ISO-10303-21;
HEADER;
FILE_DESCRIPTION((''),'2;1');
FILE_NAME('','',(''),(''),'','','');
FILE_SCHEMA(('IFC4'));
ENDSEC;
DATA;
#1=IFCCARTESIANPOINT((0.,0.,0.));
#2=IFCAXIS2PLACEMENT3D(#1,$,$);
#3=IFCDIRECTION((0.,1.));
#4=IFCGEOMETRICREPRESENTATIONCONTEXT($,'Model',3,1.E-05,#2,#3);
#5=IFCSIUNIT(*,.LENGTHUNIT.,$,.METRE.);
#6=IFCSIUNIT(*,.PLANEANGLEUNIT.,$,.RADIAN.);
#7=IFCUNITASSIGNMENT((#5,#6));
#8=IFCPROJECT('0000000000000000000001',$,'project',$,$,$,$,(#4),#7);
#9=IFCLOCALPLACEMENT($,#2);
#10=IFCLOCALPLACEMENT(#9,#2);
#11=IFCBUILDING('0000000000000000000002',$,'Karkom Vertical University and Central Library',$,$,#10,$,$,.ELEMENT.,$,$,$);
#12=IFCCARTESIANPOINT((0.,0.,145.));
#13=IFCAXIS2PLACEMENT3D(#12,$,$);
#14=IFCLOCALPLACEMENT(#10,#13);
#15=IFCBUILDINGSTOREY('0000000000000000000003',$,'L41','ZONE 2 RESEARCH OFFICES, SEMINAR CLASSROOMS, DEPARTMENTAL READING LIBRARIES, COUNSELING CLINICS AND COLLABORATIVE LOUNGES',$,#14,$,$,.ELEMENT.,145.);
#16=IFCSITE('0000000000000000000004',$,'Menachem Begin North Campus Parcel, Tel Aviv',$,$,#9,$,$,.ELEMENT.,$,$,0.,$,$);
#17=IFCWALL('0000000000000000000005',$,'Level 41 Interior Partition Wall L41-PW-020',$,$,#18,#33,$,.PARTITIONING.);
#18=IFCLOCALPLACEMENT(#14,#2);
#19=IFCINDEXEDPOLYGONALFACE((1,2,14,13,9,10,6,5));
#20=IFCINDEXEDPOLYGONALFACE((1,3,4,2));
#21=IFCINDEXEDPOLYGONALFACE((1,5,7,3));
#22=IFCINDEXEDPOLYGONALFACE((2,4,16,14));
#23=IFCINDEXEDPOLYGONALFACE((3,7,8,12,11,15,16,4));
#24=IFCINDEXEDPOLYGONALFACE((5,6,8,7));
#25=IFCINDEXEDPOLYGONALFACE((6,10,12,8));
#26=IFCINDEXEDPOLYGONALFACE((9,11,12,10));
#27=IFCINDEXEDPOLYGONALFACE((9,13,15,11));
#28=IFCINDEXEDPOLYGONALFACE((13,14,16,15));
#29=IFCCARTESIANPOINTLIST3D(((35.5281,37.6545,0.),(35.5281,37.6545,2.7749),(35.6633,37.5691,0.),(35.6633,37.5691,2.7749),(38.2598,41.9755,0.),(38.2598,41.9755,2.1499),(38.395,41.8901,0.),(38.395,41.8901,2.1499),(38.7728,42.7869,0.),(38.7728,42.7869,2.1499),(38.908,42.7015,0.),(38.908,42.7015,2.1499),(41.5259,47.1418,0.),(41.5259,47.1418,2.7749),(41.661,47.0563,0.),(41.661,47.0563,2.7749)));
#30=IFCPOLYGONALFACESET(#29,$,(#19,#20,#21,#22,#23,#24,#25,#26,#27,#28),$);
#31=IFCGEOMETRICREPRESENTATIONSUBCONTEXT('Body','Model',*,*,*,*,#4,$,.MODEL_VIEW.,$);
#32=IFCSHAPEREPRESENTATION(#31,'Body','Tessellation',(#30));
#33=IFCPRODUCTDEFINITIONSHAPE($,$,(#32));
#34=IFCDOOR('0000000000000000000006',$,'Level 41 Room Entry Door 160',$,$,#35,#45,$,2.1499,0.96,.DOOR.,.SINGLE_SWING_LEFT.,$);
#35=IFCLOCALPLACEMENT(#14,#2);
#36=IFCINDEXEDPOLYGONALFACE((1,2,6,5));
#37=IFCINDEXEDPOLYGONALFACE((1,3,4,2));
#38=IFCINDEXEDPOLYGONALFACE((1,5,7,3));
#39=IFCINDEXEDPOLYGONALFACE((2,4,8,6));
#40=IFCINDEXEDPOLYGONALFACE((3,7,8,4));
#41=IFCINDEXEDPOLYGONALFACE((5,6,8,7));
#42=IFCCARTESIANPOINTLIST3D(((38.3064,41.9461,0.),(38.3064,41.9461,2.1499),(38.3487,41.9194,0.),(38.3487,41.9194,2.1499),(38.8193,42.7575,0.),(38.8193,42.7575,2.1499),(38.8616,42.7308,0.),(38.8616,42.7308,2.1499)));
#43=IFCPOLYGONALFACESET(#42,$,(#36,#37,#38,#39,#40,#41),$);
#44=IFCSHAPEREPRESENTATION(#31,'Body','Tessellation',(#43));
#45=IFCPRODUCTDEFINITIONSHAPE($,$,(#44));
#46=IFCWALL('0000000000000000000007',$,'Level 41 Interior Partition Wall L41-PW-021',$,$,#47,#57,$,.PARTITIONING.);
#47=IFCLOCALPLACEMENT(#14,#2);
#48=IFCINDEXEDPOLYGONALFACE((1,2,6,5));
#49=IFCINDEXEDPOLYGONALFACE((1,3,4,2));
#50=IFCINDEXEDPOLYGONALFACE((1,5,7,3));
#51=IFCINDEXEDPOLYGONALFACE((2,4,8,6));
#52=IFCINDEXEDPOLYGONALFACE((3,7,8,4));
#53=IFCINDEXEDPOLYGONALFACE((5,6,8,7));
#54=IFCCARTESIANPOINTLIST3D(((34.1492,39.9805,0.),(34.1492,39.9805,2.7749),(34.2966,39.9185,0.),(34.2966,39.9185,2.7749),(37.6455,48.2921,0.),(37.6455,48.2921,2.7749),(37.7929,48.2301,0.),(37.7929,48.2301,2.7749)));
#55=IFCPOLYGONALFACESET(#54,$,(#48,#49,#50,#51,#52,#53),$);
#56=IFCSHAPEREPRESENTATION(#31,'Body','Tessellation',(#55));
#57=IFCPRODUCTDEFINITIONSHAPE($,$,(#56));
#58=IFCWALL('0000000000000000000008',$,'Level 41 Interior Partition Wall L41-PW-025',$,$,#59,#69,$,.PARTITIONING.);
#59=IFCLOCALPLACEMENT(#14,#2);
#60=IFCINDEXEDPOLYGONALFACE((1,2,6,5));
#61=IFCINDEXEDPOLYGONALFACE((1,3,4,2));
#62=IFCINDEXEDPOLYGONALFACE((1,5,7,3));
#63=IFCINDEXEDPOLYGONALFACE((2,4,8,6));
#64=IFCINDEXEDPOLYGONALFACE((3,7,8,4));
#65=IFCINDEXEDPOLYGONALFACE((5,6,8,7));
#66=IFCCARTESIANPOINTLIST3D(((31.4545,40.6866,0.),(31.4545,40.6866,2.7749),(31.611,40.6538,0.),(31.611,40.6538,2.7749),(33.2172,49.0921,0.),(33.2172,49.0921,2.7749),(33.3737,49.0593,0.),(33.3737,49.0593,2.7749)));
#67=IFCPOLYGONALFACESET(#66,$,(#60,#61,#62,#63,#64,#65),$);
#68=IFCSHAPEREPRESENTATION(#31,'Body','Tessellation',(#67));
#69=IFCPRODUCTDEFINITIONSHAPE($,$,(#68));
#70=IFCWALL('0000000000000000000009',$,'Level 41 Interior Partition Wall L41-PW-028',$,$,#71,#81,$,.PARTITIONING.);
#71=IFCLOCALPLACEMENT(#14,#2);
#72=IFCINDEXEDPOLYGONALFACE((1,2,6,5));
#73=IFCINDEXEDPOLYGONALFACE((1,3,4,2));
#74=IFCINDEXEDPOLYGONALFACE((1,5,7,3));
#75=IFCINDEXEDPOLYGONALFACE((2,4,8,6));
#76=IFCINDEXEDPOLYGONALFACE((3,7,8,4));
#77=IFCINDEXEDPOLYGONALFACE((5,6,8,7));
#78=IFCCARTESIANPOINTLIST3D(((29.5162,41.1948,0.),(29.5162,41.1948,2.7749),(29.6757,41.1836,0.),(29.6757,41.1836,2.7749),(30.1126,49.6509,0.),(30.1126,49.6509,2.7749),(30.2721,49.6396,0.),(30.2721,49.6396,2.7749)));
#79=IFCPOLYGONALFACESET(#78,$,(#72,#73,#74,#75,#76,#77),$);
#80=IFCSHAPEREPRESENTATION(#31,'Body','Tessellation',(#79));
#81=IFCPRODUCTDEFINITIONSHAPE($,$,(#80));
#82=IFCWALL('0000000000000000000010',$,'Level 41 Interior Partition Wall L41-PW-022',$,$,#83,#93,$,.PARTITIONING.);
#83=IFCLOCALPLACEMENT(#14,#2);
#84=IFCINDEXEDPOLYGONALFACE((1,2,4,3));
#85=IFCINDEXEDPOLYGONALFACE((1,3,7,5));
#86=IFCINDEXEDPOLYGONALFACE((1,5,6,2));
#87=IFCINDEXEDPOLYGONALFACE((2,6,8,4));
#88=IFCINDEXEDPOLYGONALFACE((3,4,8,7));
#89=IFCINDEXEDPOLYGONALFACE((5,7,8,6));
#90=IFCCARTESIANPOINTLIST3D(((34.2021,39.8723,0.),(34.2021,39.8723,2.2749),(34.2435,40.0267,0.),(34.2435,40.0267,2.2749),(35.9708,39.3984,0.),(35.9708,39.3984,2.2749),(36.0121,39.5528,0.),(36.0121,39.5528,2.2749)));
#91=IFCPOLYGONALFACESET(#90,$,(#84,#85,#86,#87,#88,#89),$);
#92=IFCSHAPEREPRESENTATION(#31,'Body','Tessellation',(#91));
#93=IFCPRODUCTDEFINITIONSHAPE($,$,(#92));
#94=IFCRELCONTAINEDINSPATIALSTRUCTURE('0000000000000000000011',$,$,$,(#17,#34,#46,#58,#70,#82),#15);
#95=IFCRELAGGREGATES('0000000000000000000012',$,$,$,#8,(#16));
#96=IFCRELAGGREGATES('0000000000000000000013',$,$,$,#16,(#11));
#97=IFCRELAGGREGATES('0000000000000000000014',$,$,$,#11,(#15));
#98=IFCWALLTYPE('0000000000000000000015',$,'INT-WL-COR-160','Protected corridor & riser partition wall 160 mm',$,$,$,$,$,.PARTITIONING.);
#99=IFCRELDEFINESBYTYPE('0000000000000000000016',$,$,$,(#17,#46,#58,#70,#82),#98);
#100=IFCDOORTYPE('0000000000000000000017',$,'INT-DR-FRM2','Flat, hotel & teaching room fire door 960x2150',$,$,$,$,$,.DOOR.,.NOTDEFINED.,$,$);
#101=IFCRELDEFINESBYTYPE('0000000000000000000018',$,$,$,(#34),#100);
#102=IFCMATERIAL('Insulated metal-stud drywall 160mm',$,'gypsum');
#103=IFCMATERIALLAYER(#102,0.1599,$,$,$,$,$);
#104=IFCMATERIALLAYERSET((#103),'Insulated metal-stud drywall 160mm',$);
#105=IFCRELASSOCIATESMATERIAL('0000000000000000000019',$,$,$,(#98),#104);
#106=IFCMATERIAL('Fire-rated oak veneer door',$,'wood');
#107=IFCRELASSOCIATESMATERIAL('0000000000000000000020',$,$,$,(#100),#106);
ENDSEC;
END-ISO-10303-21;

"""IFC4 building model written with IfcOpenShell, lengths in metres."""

from ifc_helpers import new_model, si_unit, direction, frame, frame_2d, origin, origin_with_axes, place, context, subcontext, project, spatial, rectangle, extrude, source, transform, mapped, material, layer, layer_set, type_object, element, fill, save


model = new_model("IFC4")

# Units and contexts
model_context = context("Model", 3, precision=1e-05, world=origin(), true_north=direction((0.0, 1.0)))
body_context = subcontext(model_context, "Body", "Model", "MODEL_VIEW")
ifc_project = project(units=[si_unit("LENGTHUNIT", "METRE"), si_unit("PLANEANGLEUNIT", "RADIAN")], contexts=[model_context])

# Site, building, storey
site_placement = place(None, origin())
site = spatial("IfcSite", under=ifc_project, at=site_placement, Name="Menachem Begin North Campus Parcel, Tel Aviv", CompositionType="ELEMENT", RefElevation=0.0)
building_placement = place(site_placement, origin())
building = spatial("IfcBuilding", under=site, at=building_placement, Name="Karkom Vertical University and Central Library", CompositionType="ELEMENT")
storey_placement = place(building_placement, frame((0.0, 0.0, 145.0)))
storey = spatial("IfcBuildingStorey", under=building, at=storey_placement, Name="L41", Description="ZONE 2 RESEARCH OFFICES, SEMINAR CLASSROOMS, DEPARTMENTAL READING LIBRARIES, COUNSELING CLINICS AND COLLABORATIVE LOUNGES", CompositionType="ELEMENT", Elevation=145.0)

# Wall, opening, door
ifc_material_1 = material(Name="Insulated metal-stud drywall 160mm", Category="gypsum")
ifc_layer_1 = layer(ifc_material_1, 0.1599)
ifc_layer_set_1 = layer_set([ifc_layer_1], Name="Insulated metal-stud drywall 160mm")
wall_type_1 = type_object("IfcWallType", Name="INT-WL-COR-160", Description="Protected corridor & riser partition wall 160 mm", PredefinedType="PARTITIONING", material=ifc_layer_set_1)
wall_1_placement = place(storey_placement, frame((35.5957, 37.6118, 0.0), z_axis=(0.0, 0.0, 1.0), x_axis=(0.534364, 0.845255, 0.0)))
wall_1 = element("IfcWall", 1, at=wall_1_placement, inside=storey, type_object=wall_type_1, Name="Level 41 Interior Partition Wall L41-PW-020", PredefinedType="PARTITIONING", context=body_context, shape_type="SweptSolid", body=[
    extrude(rectangle(XDim=11.2241, YDim=0.1599, at=frame_2d((5.6121, 0.0))), origin(), (0.0, 0.0, 1.0), 2.7749),
])
opening_1_placement = place(wall_1_placement, frame((5.1121, 0.0, 0.0)))
opening_1 = element("IfcOpeningElement", 2, at=opening_1_placement, cuts=wall_1, PredefinedType="OPENING", context=body_context, shape_type="SweptSolid", body=[
    extrude(rectangle(XDim=0.96, YDim=2.1499, at=frame_2d((0.48, 1.075))), frame((0.0, 0.0898, 0.0), z_axis=(0.0, -1.0, 0.0), x_axis=(1.0, 0.0, 0.0)), (0.0, 0.0, 1.0), 0.1799),
])
ifc_material_2 = material(Name="Fire-rated oak veneer door", Category="wood")
door_type = type_object("IfcDoorType", Name="INT-DR-FRM2", Description="Flat, hotel & teaching room fire door 960x2150", OperationType="NOTDEFINED", PredefinedType="DOOR", material=ifc_material_2)
shared_shape_1 = source(origin_with_axes(), body_context, "Body", "SweptSolid", [
    extrude(rectangle(XDim=0.96, YDim=2.1499, at=frame_2d((0.48, 1.075))), frame((0.0, 0.0249, 0.0), z_axis=(0.0, -1.0, 0.0), x_axis=(1.0, 0.0, 0.0)), (0.0, 0.0, 1.0), 0.05),
])
door_1_placement = place(opening_1_placement, origin())
door_1 = element("IfcDoor", 3, at=door_1_placement, inside=storey, type_object=door_type, Name="Level 41 Room Entry Door 160", OperationType="SINGLE_SWING_LEFT", OverallHeight=2.1499, OverallWidth=0.96, PredefinedType="DOOR", context=body_context, shape_type="MappedRepresentation", body=[
    mapped(shared_shape_1, transform((0.0, 0.0, 0.0), scale=1.0)),
])
fill(opening_1, door_1)

# Walls
wall_2_placement = place(storey_placement, frame((34.2229, 39.9495, 0.0), z_axis=(0.0, 0.0, 1.0), x_axis=(0.387741, 0.921768, 0.0)))
element("IfcWall", 4, at=wall_2_placement, inside=storey, type_object=wall_type_1, Name="Level 41 Interior Partition Wall L41-PW-021", PredefinedType="PARTITIONING", context=body_context, shape_type="SweptSolid", body=[
    extrude(rectangle(XDim=9.0171, YDim=0.1599, at=frame_2d((4.5085, 0.0))), origin(), (0.0, 0.0, 1.0), 2.7749),
])
wall_3_placement = place(storey_placement, frame((31.5327, 40.6702, 0.0), z_axis=(0.0, 0.0, 1.0), x_axis=(0.205243, 0.978711, 0.0)))
element("IfcWall", 5, at=wall_3_placement, inside=storey, type_object=wall_type_1, Name="Level 41 Interior Partition Wall L41-PW-025", PredefinedType="PARTITIONING", context=body_context, shape_type="SweptSolid", body=[
    extrude(rectangle(XDim=8.5884, YDim=0.1599, at=frame_2d((4.2942, 0.0))), origin(), (0.0, 0.0, 1.0), 2.7749),
])
wall_4_placement = place(storey_placement, frame((29.5959, 41.1892, 0.0), z_axis=(0.0, 0.0, 1.0), x_axis=(0.070359, 0.997522, 0.0)))
element("IfcWall", 6, at=wall_4_placement, inside=storey, type_object=wall_type_1, Name="Level 41 Interior Partition Wall L41-PW-028", PredefinedType="PARTITIONING", context=body_context, shape_type="SweptSolid", body=[
    extrude(rectangle(XDim=8.4771, YDim=0.1599, at=frame_2d((4.2385, 0.0))), origin(), (0.0, 0.0, 1.0), 2.7749),
])

# Wall
wall_5_placement = place(storey_placement, frame((35.9915, 39.4756, 0.0), z_axis=(0.0, 0.0, 1.0), x_axis=(-0.965927, 0.258816, 0.0)))
element("IfcWall", 7, at=wall_5_placement, inside=storey, type_object=wall_type_1, Name="Level 41 Interior Partition Wall L41-PW-022", PredefinedType="PARTITIONING", context=body_context, shape_type="SweptSolid", body=[
    extrude(rectangle(XDim=1.8311, YDim=0.1599, at=frame_2d((0.9155, 0.0))), origin(), (0.0, 0.0, 1.0), 2.2749),
])

save(model, "model.ifc")
